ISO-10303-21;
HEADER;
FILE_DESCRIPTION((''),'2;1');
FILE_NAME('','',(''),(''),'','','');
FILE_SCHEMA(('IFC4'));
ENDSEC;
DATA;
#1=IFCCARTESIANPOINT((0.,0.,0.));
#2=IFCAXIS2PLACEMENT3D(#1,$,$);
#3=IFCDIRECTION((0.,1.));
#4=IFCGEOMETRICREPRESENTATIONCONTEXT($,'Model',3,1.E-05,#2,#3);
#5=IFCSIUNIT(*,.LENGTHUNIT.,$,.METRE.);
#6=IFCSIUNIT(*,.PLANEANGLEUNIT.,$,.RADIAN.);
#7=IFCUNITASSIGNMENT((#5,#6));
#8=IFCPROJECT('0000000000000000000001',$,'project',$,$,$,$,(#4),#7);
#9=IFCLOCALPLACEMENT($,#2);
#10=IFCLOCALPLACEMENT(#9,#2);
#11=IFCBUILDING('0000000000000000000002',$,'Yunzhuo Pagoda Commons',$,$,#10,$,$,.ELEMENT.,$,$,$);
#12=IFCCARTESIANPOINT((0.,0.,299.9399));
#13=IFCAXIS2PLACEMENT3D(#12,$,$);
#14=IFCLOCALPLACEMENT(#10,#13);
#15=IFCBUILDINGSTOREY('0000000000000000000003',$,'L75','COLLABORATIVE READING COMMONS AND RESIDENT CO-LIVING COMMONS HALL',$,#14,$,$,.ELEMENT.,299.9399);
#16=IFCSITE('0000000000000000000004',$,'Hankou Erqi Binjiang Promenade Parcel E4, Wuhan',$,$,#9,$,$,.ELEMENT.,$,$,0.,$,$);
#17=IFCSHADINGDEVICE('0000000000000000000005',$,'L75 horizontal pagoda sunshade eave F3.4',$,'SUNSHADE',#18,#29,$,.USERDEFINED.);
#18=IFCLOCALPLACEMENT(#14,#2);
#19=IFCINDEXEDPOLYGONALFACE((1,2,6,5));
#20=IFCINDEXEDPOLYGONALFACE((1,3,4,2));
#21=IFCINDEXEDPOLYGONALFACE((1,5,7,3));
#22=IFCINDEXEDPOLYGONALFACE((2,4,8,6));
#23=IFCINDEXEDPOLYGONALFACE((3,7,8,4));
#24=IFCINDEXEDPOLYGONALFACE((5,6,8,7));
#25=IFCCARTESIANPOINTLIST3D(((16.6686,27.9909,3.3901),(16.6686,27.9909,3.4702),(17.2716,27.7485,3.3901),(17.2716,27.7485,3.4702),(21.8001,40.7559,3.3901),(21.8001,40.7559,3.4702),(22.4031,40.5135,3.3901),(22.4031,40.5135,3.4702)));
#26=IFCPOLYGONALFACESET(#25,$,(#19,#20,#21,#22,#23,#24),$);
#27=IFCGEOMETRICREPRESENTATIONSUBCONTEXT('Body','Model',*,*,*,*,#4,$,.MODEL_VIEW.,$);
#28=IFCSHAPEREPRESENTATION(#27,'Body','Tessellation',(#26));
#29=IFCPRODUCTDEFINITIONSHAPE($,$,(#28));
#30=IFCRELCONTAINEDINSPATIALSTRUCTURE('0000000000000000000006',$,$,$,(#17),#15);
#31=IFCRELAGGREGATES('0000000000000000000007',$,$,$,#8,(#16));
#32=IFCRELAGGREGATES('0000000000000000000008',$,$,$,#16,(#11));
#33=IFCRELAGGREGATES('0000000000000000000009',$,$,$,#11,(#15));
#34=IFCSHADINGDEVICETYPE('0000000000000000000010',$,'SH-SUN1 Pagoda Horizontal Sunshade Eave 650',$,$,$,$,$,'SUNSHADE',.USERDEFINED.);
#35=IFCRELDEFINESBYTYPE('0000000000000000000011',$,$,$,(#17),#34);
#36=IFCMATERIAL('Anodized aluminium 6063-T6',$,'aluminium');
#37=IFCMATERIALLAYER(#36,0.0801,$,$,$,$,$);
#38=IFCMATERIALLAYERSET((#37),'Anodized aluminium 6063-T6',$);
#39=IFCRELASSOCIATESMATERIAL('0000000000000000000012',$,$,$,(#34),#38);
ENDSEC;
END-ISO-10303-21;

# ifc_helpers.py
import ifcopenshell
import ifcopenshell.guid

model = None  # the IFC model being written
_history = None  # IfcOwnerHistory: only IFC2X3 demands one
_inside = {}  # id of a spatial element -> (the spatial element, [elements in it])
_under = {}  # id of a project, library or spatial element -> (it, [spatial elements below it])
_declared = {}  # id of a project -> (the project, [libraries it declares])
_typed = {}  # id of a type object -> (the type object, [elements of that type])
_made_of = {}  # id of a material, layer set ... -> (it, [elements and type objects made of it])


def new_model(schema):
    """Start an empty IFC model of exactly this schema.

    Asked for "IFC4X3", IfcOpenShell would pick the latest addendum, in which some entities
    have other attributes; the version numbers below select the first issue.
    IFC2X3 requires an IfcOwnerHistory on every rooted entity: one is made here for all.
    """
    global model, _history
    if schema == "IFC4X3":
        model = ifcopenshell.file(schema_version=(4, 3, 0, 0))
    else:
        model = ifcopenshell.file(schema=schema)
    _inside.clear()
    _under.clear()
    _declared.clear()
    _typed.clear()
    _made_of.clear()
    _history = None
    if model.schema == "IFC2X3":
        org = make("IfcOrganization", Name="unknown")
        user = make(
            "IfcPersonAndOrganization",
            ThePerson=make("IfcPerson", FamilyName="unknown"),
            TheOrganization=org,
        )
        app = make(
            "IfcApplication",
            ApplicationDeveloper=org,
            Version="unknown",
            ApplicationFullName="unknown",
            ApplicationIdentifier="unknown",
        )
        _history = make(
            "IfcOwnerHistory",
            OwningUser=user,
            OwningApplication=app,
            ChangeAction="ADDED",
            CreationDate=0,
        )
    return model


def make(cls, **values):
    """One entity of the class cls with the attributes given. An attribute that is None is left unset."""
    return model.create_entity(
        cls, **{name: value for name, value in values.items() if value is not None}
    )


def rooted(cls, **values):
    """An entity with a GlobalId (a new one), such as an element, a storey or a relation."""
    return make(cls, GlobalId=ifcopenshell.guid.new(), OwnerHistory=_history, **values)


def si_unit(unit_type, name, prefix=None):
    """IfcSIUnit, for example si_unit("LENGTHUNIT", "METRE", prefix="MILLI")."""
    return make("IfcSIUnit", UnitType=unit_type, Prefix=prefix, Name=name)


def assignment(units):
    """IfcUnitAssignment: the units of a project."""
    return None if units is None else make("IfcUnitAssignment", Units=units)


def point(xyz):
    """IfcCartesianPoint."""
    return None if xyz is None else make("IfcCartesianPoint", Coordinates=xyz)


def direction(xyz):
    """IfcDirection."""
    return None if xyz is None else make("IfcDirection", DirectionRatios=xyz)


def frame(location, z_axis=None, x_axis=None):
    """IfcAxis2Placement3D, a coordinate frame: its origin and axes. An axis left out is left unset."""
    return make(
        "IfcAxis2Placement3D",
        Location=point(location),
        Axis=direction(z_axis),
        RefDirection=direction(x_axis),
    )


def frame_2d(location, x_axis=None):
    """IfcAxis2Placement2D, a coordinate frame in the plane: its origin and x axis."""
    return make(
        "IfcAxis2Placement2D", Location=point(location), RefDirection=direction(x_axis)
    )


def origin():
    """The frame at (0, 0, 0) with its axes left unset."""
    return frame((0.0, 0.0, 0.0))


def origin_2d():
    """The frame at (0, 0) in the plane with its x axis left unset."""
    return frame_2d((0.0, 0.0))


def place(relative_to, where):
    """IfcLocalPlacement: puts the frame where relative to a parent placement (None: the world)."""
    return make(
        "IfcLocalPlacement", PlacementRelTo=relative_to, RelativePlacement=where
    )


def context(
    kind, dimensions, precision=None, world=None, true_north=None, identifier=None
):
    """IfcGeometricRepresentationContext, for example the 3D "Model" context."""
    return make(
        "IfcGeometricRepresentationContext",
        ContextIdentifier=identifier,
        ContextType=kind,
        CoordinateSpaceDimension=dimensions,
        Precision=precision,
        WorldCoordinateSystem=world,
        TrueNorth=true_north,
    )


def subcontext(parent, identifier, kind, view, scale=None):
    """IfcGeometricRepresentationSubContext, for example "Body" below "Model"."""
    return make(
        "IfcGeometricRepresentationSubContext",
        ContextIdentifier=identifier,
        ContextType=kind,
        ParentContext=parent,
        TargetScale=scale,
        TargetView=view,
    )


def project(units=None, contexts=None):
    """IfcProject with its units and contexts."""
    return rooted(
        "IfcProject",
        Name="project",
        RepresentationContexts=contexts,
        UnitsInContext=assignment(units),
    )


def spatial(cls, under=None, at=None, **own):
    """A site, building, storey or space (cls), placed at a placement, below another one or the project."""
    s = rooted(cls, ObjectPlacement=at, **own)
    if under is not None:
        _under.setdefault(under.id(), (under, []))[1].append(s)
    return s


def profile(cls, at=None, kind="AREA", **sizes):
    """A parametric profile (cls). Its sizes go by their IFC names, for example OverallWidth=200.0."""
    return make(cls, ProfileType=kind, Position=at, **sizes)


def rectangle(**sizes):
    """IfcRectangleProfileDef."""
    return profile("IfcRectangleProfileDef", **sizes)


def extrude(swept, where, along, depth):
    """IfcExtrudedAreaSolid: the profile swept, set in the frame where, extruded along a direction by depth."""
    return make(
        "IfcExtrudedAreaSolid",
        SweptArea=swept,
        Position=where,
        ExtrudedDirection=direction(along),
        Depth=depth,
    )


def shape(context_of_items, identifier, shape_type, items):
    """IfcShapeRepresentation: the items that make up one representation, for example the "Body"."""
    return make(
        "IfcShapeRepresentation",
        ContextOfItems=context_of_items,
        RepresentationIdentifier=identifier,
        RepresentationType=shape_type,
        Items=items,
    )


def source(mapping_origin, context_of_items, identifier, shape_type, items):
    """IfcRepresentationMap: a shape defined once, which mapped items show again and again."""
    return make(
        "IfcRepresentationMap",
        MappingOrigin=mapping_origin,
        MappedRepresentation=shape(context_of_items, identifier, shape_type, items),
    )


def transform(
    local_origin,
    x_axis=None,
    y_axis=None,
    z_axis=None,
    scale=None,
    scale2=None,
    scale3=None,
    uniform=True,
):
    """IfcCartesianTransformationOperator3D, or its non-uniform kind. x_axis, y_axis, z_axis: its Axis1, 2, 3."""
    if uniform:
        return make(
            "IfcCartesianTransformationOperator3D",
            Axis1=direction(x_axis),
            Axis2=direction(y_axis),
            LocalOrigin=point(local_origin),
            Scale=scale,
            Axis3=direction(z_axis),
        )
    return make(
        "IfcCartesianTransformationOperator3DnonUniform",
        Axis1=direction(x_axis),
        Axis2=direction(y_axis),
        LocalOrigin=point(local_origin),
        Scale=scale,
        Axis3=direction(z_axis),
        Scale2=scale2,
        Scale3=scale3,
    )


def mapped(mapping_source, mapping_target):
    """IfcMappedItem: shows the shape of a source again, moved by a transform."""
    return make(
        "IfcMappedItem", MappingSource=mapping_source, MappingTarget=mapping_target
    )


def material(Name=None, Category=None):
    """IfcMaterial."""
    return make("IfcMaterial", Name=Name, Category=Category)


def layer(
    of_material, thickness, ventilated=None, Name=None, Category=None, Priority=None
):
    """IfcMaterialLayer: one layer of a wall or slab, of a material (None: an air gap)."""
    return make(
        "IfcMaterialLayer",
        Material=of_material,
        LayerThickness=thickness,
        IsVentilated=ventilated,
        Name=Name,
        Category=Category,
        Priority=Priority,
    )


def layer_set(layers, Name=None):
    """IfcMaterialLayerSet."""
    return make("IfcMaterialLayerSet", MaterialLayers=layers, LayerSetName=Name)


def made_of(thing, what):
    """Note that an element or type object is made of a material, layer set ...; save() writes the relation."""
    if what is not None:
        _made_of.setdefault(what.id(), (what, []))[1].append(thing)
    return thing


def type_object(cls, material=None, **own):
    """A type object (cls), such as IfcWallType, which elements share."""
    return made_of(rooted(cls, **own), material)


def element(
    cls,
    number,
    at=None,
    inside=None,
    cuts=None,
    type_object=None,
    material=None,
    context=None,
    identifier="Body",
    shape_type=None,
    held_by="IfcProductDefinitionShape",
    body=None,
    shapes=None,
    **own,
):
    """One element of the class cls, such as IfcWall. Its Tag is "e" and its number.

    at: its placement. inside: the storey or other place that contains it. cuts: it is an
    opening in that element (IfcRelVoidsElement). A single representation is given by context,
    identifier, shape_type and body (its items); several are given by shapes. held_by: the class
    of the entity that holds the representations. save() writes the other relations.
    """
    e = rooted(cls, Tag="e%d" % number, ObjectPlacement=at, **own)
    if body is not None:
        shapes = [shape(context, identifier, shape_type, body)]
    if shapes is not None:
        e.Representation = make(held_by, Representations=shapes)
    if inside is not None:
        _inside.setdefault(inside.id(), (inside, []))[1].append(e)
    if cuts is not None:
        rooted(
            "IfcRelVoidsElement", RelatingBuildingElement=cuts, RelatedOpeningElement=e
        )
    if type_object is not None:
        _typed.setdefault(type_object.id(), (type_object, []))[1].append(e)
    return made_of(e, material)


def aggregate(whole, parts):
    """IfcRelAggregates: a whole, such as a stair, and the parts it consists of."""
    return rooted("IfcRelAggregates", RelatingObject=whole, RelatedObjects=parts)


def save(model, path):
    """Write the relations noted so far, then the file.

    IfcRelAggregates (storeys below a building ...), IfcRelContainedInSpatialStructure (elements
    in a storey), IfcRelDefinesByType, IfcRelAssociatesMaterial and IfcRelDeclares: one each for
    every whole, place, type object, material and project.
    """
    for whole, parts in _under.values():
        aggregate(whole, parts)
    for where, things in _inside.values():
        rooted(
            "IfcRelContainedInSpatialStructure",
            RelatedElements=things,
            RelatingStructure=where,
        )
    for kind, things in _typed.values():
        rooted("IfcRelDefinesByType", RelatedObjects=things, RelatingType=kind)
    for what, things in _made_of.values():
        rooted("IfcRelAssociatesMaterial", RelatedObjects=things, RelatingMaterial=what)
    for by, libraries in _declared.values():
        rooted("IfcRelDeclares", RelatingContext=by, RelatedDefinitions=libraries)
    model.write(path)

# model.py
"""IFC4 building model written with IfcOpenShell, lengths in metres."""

from ifc_helpers import new_model, si_unit, direction, frame, origin, origin_2d, place, context, subcontext, project, spatial, rectangle, extrude, source, transform, mapped, material, layer, layer_set, type_object, element, save


model = new_model("IFC4")

# Units and contexts
model_context = context("Model", 3, precision=1e-05, world=origin(), true_north=direction((0.0, 1.0)))
body_context = subcontext(model_context, "Body", "Model", "MODEL_VIEW")
ifc_project = project(units=[si_unit("LENGTHUNIT", "METRE"), si_unit("PLANEANGLEUNIT", "RADIAN")], contexts=[model_context])

# Site, building, storey
site_placement = place(None, origin())
site = spatial("IfcSite", under=ifc_project, at=site_placement, Name="Hankou Erqi Binjiang Promenade Parcel E4, Wuhan", CompositionType="ELEMENT", RefElevation=0.0)
building_placement = place(site_placement, origin())
building = spatial("IfcBuilding", under=site, at=building_placement, Name="Yunzhuo Pagoda Commons", CompositionType="ELEMENT")
storey_placement = place(building_placement, frame((0.0, 0.0, 299.9399)))
storey = spatial("IfcBuildingStorey", under=building, at=storey_placement, Name="L75", Description="COLLABORATIVE READING COMMONS AND RESIDENT CO-LIVING COMMONS HALL", CompositionType="ELEMENT", Elevation=299.9399)

# Shared definitions
ifc_material_1 = material(Name="Anodized aluminium 6063-T6", Category="aluminium")

# Shading device
ifc_layer_1 = layer(ifc_material_1, 0.0801)
ifc_layer_set_1 = layer_set([ifc_layer_1], Name="Anodized aluminium 6063-T6")
shading_device_type = type_object("IfcShadingDeviceType", Name="SH-SUN1 Pagoda Horizontal Sunshade Eave 650", ElementType="SUNSHADE", PredefinedType="USERDEFINED", material=ifc_layer_set_1)
shared_shape_1 = source(origin(), body_context, "Body", "SweptSolid", [
    extrude(rectangle(XDim=13.7578, YDim=0.6499, at=origin_2d()), origin(), (0.0, 0.0, 1.0), 0.0801),
])
shading_device_placement = place(storey_placement, frame((19.5359, 34.2522, 3.3901), z_axis=(0.0, 0.0, 1.0), x_axis=(-0.372988, -0.927836, 0.0)))
element("IfcShadingDevice", 1, at=shading_device_placement, inside=storey, type_object=shading_device_type, Name="L75 horizontal pagoda sunshade eave F3.4", ObjectType="SUNSHADE", PredefinedType="USERDEFINED", context=body_context, shape_type="MappedRepresentation", body=[
    mapped(shared_shape_1, transform((0.0, 0.0, 0.0), scale=1.0)),
])

save(model, "model.ifc")
